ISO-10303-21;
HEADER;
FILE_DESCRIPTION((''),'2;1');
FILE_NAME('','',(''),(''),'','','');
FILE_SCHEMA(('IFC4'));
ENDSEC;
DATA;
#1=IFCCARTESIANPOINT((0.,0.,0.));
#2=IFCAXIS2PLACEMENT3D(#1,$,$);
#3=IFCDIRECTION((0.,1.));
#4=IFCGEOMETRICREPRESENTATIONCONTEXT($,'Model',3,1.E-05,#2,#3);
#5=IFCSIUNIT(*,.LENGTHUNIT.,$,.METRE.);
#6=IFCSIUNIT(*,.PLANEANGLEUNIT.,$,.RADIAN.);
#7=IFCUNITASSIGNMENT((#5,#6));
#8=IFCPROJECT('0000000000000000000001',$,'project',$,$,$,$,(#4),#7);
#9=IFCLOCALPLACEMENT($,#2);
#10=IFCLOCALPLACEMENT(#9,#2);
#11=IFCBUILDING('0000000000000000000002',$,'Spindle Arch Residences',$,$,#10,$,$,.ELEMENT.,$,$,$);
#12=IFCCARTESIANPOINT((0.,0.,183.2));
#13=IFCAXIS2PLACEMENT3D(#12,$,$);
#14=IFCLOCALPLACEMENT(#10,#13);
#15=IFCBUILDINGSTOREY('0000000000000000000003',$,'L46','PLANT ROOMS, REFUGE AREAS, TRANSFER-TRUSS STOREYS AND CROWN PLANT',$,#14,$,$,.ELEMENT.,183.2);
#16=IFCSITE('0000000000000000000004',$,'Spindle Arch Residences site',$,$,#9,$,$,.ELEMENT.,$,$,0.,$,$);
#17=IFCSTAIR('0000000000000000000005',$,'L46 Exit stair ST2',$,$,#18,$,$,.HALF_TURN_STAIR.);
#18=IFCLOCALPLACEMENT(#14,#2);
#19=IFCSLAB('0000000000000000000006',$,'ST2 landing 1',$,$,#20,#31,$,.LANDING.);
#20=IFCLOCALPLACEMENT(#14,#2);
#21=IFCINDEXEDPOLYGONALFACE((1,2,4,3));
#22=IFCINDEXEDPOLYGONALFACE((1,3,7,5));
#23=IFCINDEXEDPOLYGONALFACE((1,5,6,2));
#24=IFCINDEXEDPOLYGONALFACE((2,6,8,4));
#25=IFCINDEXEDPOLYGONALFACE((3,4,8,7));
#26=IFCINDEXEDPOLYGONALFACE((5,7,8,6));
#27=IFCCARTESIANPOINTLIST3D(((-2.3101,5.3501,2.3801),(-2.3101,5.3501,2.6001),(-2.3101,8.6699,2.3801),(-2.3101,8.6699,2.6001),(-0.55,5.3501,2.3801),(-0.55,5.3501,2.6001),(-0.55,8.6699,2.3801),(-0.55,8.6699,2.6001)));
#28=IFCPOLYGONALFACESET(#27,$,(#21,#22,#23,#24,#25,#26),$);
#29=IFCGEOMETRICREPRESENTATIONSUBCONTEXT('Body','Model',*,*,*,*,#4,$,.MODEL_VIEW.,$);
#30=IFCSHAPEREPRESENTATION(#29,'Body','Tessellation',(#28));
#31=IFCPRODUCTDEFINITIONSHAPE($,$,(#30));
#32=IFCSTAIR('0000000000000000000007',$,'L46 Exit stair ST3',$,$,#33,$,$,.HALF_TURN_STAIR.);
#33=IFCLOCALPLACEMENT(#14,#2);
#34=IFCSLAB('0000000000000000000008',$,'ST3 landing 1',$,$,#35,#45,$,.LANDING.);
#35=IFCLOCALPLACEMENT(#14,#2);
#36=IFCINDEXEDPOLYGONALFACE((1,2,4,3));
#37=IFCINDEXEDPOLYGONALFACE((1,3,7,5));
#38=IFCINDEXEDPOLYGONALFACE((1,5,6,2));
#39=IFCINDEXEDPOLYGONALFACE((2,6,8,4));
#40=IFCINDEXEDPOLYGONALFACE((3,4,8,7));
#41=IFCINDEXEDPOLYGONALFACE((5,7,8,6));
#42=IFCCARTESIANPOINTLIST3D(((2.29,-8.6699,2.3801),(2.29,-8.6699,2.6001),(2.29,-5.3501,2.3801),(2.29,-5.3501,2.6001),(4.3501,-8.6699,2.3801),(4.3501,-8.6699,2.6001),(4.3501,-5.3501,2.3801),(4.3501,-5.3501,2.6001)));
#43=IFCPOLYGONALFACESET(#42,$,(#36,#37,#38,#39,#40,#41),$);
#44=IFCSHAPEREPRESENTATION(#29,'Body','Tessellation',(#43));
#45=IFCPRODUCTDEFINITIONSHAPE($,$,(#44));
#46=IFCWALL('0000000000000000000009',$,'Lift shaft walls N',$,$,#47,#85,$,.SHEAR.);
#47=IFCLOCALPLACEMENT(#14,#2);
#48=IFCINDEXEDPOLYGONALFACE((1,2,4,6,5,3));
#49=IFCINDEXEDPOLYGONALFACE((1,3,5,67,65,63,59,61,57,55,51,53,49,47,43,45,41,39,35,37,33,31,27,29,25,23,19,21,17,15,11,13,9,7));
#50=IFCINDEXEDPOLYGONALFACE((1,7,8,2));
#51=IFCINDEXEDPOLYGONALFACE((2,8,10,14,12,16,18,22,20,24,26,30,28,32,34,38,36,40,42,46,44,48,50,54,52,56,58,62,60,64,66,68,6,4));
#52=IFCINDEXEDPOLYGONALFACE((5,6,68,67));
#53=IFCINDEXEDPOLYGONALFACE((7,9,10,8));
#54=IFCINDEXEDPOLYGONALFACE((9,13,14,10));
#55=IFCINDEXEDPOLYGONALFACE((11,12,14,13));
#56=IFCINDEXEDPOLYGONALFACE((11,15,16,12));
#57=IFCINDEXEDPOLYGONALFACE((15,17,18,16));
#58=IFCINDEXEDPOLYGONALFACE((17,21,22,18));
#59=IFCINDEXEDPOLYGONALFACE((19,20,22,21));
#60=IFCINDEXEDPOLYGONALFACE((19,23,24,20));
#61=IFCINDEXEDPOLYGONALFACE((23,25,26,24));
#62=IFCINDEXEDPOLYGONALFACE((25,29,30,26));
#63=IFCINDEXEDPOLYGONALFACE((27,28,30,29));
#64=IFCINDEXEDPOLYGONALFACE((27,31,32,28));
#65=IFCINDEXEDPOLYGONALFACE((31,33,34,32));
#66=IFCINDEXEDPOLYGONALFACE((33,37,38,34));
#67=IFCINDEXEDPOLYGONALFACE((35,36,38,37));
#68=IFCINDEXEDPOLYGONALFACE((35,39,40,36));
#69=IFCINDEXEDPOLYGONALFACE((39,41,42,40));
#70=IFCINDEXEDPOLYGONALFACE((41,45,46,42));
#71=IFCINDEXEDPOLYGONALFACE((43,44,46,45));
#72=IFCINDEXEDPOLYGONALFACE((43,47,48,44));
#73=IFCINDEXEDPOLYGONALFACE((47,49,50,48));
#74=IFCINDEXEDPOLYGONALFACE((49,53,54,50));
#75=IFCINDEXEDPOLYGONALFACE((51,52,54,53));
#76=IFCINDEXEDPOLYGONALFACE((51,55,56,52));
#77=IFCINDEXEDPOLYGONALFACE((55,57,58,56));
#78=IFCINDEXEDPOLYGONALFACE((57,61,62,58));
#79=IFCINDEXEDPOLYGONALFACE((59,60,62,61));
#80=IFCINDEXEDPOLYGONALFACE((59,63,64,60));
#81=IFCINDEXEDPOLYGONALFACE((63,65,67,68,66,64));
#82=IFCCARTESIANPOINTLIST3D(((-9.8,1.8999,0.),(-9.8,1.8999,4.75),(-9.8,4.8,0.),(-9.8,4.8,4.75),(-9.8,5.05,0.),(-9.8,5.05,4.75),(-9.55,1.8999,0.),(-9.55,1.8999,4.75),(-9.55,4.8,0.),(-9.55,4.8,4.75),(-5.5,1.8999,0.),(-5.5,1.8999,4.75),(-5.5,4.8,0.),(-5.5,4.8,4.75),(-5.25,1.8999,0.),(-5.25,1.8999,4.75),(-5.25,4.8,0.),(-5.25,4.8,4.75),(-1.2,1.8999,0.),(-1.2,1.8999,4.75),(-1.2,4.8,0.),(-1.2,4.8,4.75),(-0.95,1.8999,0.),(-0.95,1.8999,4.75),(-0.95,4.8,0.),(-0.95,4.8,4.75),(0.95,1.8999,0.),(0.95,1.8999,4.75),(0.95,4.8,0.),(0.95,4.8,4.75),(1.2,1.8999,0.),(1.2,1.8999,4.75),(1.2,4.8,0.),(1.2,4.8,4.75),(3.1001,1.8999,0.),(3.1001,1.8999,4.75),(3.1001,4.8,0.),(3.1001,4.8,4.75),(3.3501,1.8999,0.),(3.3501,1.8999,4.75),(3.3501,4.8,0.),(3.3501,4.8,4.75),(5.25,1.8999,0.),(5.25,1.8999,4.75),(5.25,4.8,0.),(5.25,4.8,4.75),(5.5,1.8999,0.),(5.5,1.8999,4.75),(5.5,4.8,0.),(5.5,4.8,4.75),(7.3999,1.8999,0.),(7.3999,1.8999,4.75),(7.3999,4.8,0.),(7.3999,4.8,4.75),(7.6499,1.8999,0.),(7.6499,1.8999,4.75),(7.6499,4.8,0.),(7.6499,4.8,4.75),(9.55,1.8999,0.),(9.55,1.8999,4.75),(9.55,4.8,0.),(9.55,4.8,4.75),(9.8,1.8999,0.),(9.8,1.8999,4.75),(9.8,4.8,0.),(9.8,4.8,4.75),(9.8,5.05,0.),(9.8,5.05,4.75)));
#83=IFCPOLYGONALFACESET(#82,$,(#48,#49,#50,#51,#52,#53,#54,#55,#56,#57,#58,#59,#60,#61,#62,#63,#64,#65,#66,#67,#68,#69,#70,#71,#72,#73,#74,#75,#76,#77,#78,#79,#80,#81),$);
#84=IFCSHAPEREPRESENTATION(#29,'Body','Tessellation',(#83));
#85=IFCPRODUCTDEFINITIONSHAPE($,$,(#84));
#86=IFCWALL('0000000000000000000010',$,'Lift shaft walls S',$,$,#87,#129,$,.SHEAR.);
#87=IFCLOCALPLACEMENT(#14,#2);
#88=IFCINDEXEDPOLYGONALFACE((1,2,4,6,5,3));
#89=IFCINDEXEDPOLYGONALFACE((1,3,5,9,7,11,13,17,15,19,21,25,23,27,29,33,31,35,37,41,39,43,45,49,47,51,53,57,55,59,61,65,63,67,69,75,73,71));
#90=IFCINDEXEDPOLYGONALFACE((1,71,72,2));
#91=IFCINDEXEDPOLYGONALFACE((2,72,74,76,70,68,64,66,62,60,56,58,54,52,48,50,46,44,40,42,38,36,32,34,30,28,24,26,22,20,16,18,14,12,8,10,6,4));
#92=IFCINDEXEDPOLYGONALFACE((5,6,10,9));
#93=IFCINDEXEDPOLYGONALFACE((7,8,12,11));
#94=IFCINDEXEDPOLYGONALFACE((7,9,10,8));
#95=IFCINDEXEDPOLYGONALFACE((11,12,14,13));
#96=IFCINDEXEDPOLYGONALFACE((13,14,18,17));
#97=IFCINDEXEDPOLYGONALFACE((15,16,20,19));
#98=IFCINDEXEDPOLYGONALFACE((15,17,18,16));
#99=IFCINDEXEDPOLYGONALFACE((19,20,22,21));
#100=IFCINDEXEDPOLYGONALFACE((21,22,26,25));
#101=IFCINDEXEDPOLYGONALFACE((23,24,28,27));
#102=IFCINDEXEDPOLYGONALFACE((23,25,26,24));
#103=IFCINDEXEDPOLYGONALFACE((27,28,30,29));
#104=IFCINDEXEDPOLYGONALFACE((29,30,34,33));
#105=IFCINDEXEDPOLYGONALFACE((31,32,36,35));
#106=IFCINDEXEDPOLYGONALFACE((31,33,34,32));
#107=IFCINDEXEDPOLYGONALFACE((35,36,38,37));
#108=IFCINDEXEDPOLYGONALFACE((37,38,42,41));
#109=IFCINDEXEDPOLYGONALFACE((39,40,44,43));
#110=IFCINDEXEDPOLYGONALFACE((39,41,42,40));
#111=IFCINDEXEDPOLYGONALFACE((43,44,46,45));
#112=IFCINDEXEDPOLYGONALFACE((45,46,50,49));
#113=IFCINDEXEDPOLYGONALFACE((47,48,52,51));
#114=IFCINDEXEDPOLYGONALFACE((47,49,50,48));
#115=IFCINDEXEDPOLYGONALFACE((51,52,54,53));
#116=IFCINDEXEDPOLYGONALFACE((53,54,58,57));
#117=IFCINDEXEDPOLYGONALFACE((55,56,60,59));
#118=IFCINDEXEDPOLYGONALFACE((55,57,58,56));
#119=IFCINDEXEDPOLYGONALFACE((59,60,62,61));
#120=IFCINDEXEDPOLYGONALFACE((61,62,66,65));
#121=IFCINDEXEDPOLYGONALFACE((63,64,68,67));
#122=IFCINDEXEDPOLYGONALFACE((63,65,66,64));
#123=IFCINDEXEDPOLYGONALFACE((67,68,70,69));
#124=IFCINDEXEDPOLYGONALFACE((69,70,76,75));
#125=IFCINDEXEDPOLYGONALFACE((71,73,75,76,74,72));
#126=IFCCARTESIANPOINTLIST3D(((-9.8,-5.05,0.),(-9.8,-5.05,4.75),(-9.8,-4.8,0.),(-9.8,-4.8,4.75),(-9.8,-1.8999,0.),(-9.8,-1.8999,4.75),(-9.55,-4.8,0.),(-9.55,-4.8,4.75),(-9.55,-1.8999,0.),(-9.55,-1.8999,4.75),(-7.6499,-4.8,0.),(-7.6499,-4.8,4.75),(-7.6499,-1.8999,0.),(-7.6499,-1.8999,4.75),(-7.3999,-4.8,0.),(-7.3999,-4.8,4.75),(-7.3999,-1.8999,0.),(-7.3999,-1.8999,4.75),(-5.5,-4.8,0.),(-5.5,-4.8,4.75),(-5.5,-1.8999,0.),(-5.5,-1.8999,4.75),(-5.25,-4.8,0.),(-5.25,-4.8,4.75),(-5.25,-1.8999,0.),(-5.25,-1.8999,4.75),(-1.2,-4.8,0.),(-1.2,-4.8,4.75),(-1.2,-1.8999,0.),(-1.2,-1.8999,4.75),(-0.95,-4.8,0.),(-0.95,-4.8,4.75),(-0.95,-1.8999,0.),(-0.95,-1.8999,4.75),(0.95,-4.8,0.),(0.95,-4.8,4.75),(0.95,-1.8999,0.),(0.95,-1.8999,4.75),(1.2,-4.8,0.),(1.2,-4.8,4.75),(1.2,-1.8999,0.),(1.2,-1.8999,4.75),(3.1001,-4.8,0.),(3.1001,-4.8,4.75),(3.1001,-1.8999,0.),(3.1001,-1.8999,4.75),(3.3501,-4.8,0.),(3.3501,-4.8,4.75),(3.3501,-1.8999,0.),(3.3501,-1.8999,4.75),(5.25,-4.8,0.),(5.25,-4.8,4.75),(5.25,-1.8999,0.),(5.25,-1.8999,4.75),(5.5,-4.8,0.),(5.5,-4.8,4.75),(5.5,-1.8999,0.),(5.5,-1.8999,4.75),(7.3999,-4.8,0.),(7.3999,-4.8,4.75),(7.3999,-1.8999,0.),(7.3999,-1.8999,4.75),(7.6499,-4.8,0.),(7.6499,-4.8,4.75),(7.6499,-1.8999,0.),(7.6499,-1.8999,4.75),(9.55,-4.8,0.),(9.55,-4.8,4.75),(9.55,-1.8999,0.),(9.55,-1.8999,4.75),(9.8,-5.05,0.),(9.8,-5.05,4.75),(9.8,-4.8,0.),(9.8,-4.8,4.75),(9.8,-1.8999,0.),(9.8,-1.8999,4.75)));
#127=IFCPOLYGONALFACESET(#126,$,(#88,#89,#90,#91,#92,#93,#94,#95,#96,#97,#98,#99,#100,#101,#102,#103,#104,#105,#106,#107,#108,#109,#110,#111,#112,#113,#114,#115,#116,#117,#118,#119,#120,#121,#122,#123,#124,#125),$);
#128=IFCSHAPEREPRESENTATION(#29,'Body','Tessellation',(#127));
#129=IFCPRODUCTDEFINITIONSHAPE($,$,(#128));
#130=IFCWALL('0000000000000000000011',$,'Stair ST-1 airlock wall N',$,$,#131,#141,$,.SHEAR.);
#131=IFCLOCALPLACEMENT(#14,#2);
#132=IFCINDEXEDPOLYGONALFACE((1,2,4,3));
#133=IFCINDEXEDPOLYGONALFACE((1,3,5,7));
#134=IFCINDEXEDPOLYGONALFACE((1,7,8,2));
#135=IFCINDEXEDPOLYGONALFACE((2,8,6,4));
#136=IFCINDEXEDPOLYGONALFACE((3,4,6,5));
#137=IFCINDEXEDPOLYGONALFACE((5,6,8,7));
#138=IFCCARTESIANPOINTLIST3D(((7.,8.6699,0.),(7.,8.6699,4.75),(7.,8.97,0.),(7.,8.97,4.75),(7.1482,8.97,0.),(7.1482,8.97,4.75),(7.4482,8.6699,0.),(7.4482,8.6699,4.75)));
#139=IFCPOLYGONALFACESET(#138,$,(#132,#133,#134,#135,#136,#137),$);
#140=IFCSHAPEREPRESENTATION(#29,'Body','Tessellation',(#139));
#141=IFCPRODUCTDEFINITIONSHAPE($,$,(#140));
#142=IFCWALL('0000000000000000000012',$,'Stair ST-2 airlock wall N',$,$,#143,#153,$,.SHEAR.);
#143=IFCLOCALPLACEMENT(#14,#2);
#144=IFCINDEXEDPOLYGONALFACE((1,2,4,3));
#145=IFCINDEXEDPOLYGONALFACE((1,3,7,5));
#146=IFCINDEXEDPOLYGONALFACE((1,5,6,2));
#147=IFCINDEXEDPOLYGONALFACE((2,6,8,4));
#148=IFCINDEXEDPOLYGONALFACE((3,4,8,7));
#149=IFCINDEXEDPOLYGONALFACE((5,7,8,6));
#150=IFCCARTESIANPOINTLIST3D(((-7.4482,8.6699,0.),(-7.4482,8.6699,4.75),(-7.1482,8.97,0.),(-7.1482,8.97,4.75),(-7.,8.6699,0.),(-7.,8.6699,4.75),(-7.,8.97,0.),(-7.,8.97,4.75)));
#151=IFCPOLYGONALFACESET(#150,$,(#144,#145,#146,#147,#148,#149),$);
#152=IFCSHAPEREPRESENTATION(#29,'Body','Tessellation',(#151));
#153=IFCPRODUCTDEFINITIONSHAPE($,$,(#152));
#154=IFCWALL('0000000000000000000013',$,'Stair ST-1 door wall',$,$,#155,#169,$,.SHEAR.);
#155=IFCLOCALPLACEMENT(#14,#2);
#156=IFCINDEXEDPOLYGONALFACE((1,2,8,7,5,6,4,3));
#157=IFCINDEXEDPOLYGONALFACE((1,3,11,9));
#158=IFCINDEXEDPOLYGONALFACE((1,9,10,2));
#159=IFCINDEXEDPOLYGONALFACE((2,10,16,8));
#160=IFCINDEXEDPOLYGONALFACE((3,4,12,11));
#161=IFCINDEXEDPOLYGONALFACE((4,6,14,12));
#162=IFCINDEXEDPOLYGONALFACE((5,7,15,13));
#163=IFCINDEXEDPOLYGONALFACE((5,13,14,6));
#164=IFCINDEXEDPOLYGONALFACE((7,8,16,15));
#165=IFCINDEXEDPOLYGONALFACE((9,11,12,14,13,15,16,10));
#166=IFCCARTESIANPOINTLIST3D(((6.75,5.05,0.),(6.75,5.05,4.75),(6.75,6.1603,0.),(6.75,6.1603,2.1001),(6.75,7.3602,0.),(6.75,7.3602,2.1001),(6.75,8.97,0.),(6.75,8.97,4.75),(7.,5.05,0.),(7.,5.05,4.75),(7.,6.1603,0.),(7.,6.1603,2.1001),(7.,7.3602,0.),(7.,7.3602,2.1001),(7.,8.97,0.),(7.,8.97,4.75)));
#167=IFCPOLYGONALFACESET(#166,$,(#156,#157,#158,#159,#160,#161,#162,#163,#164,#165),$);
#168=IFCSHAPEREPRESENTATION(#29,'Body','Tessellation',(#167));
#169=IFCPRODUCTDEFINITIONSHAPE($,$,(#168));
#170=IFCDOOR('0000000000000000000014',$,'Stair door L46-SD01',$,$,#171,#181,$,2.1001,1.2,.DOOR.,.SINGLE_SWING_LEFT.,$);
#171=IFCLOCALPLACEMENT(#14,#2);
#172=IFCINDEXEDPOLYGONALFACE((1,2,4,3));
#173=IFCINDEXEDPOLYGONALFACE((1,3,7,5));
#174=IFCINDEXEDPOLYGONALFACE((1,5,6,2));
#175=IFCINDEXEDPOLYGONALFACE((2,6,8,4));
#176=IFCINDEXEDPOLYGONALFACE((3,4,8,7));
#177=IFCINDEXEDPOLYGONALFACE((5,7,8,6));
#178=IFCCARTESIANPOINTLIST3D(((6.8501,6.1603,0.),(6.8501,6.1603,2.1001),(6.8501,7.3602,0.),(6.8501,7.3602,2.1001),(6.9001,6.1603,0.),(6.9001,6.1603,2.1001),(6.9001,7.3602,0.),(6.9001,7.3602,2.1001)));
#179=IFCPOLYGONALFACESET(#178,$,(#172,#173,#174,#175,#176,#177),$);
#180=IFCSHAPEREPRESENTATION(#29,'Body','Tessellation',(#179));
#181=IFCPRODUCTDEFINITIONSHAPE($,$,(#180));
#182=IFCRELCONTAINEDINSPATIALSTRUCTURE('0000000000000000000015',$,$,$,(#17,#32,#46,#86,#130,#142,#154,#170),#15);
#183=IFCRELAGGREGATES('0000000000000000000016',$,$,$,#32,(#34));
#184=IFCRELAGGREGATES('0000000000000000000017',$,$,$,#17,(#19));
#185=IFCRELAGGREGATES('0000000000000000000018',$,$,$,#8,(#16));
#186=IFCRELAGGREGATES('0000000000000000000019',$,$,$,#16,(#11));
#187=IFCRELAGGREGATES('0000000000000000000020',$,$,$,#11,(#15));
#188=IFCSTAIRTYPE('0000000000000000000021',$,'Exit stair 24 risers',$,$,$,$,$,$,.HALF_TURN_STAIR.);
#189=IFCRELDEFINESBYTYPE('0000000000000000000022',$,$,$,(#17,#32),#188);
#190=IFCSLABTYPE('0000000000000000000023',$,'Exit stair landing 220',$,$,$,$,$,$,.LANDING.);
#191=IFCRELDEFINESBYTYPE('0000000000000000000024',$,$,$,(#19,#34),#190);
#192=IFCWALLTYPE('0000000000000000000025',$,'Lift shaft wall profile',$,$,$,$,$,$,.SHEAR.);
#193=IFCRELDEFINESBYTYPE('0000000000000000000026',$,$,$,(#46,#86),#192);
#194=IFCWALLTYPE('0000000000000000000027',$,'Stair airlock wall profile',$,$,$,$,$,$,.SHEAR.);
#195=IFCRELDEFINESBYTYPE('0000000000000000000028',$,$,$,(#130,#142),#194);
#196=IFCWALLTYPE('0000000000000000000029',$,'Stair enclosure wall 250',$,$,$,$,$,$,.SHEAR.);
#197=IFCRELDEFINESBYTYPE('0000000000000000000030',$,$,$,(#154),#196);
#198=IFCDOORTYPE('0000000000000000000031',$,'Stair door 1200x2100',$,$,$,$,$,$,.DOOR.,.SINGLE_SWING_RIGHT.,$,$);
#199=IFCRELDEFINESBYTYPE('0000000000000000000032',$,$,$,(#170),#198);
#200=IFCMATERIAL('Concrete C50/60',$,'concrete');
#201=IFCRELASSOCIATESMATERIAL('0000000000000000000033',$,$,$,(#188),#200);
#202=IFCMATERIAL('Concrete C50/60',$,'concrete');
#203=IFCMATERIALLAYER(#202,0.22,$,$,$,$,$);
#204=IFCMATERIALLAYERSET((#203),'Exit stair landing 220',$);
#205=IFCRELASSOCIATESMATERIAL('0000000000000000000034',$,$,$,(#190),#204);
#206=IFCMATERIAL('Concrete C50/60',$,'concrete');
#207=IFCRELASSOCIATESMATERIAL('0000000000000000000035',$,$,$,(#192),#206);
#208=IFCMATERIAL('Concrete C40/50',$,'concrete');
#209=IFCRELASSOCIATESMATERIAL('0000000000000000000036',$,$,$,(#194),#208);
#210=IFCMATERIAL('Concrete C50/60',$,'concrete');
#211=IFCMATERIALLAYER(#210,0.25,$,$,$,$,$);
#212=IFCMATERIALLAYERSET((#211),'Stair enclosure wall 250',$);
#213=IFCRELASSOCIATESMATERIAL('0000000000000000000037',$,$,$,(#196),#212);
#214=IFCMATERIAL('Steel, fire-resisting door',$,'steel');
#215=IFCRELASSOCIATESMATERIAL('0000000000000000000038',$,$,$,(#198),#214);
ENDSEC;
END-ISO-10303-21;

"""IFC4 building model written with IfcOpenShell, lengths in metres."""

from ifc_helpers import new_model, si_unit, direction, frame, frame_2d, origin, place, context, subcontext, project, spatial, polyline, rectangle, outline, extrude, material, layer, layer_set, type_object, element, fill, aggregate, save


model = new_model("IFC4")

# Units and contexts
model_context = context("Model", 3, precision=1e-05, world=origin(), true_north=direction((0.0, 1.0)))
body_context = subcontext(model_context, "Body", "Model", "MODEL_VIEW")
ifc_project = project(units=[si_unit("LENGTHUNIT", "METRE"), si_unit("PLANEANGLEUNIT", "RADIAN")], contexts=[model_context])

# Site, building, storey
site_placement = place(None, origin())
site = spatial("IfcSite", under=ifc_project, at=site_placement, Name="Spindle Arch Residences site", CompositionType="ELEMENT", RefElevation=0.0)
building_placement = place(site_placement, origin())
building = spatial("IfcBuilding", under=site, at=building_placement, Name="Spindle Arch Residences", CompositionType="ELEMENT")
storey_placement = place(building_placement, frame((0.0, 0.0, 183.2)))
storey = spatial("IfcBuildingStorey", under=building, at=storey_placement, Name="L46", Description="PLANT ROOMS, REFUGE AREAS, TRANSFER-TRUSS STOREYS AND CROWN PLANT", CompositionType="ELEMENT", Elevation=183.2)

# Stairs, slabs
ifc_material_1 = material(Name="Concrete C50/60", Category="concrete")
stair_type = type_object("IfcStairType", Name="Exit stair 24 risers", PredefinedType="HALF_TURN_STAIR", material=ifc_material_1)
ifc_material_2 = material(Name="Concrete C50/60", Category="concrete")
ifc_layer_1 = layer(ifc_material_2, 0.22)
ifc_layer_set_1 = layer_set([ifc_layer_1], Name="Exit stair landing 220")
slab_type_1 = type_object("IfcSlabType", Name="Exit stair landing 220", PredefinedType="LANDING", material=ifc_layer_set_1)
stair_1_placement = place(storey_placement, origin())
stair_1 = element("IfcStair", 1, at=stair_1_placement, inside=storey, type_object=stair_type, Name="L46 Exit stair ST2", PredefinedType="HALF_TURN_STAIR")
slab_1_placement = place(storey_placement, frame((0.0, 0.0, 2.3801)))
slab_1 = element("IfcSlab", 2, at=slab_1_placement, type_object=slab_type_1, Name="ST2 landing 1", PredefinedType="LANDING", context=body_context, shape_type="SweptSolid", body=[
    extrude(outline(polyline([(-2.3101, 5.3501), (-0.55, 5.3501), (-0.55, 8.6699), (-2.3101, 8.6699), (-2.3101, 5.3501)])), origin(), (0.0, 0.0, 1.0), 0.22),
])
stair_2_placement = place(storey_placement, origin())
stair_2 = element("IfcStair", 3, at=stair_2_placement, inside=storey, type_object=stair_type, Name="L46 Exit stair ST3", PredefinedType="HALF_TURN_STAIR")
slab_2_placement = place(storey_placement, frame((0.0, 0.0, 2.3801)))
slab_2 = element("IfcSlab", 4, at=slab_2_placement, type_object=slab_type_1, Name="ST3 landing 1", PredefinedType="LANDING", context=body_context, shape_type="SweptSolid", body=[
    extrude(outline(polyline([(2.29, -8.6699), (4.3501, -8.6699), (4.3501, -5.3501), (2.29, -5.3501), (2.29, -8.6699)])), origin(), (0.0, 0.0, 1.0), 0.22),
])
aggregate(stair_2, [slab_2])

# Walls
ifc_material_3 = material(Name="Concrete C50/60", Category="concrete")
wall_type_1 = type_object("IfcWallType", Name="Lift shaft wall profile", PredefinedType="SHEAR", material=ifc_material_3)
wall_1_placement = place(storey_placement, origin())
element("IfcWall", 5, at=wall_1_placement, inside=storey, type_object=wall_type_1, Name="Lift shaft walls N", PredefinedType="SHEAR", context=body_context, shape_type="SweptSolid", body=[
    extrude(outline(polyline([(-9.55, 4.8), (-5.5, 4.8), (-5.5, 1.8999), (-5.25, 1.8999), (-5.25, 4.8), (-1.2, 4.8), (-1.2, 1.8999), (-0.95, 1.8999), (-0.95, 4.8), (0.95, 4.8), (0.95, 1.8999), (1.2, 1.8999), (1.2, 4.8), (3.1001, 4.8), (3.1001, 1.8999), (3.3501, 1.8999), (3.3501, 4.8), (5.25, 4.8), (5.25, 1.8999), (5.5, 1.8999), (5.5, 4.8), (7.3999, 4.8), (7.3999, 1.8999), (7.6499, 1.8999), (7.6499, 4.8), (9.55, 4.8), (9.55, 1.8999), (9.8, 1.8999), (9.8, 4.8), (9.8, 5.05), (-9.8, 5.05), (-9.8, 4.8), (-9.8, 1.8999), (-9.55, 1.8999), (-9.55, 4.8)])), origin(), (0.0, 0.0, 1.0), 4.75),
])
wall_2_placement = place(storey_placement, origin())
element("IfcWall", 6, at=wall_2_placement, inside=storey, type_object=wall_type_1, Name="Lift shaft walls S", PredefinedType="SHEAR", context=body_context, shape_type="SweptSolid", body=[
    extrude(outline(polyline([(9.8, -5.05), (9.8, -4.8), (9.8, -1.8999), (9.55, -1.8999), (9.55, -4.8), (7.6499, -4.8), (7.6499, -1.8999), (7.3999, -1.8999), (7.3999, -4.8), (5.5, -4.8), (5.5, -1.8999), (5.25, -1.8999), (5.25, -4.8), (3.3501, -4.8), (3.3501, -1.8999), (3.1001, -1.8999), (3.1001, -4.8), (1.2, -4.8), (1.2, -1.8999), (0.95, -1.8999), (0.95, -4.8), (-0.95, -4.8), (-0.95, -1.8999), (-1.2, -1.8999), (-1.2, -4.8), (-5.25, -4.8), (-5.25, -1.8999), (-5.5, -1.8999), (-5.5, -4.8), (-7.3999, -4.8), (-7.3999, -1.8999), (-7.6499, -1.8999), (-7.6499, -4.8), (-9.55, -4.8), (-9.55, -1.8999), (-9.8, -1.8999), (-9.8, -4.8), (-9.8, -5.05), (9.8, -5.05)])), origin(), (0.0, 0.0, 1.0), 4.75),
])
ifc_material_4 = material(Name="Concrete C40/50", Category="concrete")
wall_type_2 = type_object("IfcWallType", Name="Stair airlock wall profile", PredefinedType="SHEAR", material=ifc_material_4)
wall_3_placement = place(storey_placement, origin())
element("IfcWall", 7, at=wall_3_placement, inside=storey, type_object=wall_type_2, Name="Stair ST-1 airlock wall N", PredefinedType="SHEAR", context=body_context, shape_type="SweptSolid", body=[
    extrude(outline(polyline([(7.4482, 8.6699), (7.0, 8.6699), (7.0, 8.97), (7.1482, 8.97), (7.4482, 8.6699)])), origin(), (0.0, 0.0, 1.0), 4.75),
])
wall_4_placement = place(storey_placement, origin())
element("IfcWall", 8, at=wall_4_placement, inside=storey, type_object=wall_type_2, Name="Stair ST-2 airlock wall N", PredefinedType="SHEAR", context=body_context, shape_type="SweptSolid", body=[
    extrude(outline(polyline([(-7.1482, 8.97), (-7.0, 8.97), (-7.0, 8.6699), (-7.4482, 8.6699), (-7.1482, 8.97)])), origin(), (0.0, 0.0, 1.0), 4.75),
])

# Wall, opening, door
ifc_material_5 = material(Name="Concrete C50/60", Category="concrete")
ifc_layer_2 = layer(ifc_material_5, 0.25)
ifc_layer_set_2 = layer_set([ifc_layer_2], Name="Stair enclosure wall 250")
wall_type_3 = type_object("IfcWallType", Name="Stair enclosure wall 250", PredefinedType="SHEAR", material=ifc_layer_set_2)
wall_5_placement = place(storey_placement, frame((6.875, 5.05, 0.0), z_axis=(0.0, 0.0, 1.0), x_axis=(0.0, 1.0, 0.0)))
wall_5 = element("IfcWall", 9, at=wall_5_placement, inside=storey, type_object=wall_type_3, Name="Stair ST-1 door wall", PredefinedType="SHEAR", context=body_context, shape_type="SweptSolid", body=[
    extrude(rectangle(XDim=3.9199, YDim=0.25, at=frame_2d((1.96, 0.0))), origin(), (0.0, 0.0, 1.0), 4.75),
])
opening_1_placement = place(wall_5_placement, frame((1.1101, 0.0, 0.0)))
opening_1 = element("IfcOpeningElement", 10, at=opening_1_placement, cuts=wall_5, PredefinedType="OPENING", context=body_context, shape_type="SweptSolid", body=[
    extrude(rectangle(XDim=1.2, YDim=2.1001, at=frame_2d((0.6001, 1.05))), frame((0.0, 0.135, 0.0), z_axis=(0.0, -1.0, 0.0), x_axis=(1.0, 0.0, 0.0)), (0.0, 0.0, 1.0), 0.27),
])
ifc_material_6 = material(Name="Steel, fire-resisting door", Category="steel")
door_type_1 = type_object("IfcDoorType", Name="Stair door 1200x2100", OperationType="SINGLE_SWING_RIGHT", PredefinedType="DOOR", material=ifc_material_6)
door_1_placement = place(opening_1_placement, origin())
door_1 = element("IfcDoor", 11, at=door_1_placement, inside=storey, type_object=door_type_1, Name="Stair door L46-SD01", OperationType="SINGLE_SWING_LEFT", OverallHeight=2.1001, OverallWidth=1.2, PredefinedType="DOOR", context=body_context, shape_type="SweptSolid", body=[
    extrude(rectangle(XDim=1.2, YDim=2.1001, at=frame_2d((0.6001, 1.05))), frame((0.0, 0.0249, 0.0), z_axis=(0.0, -1.0, 0.0), x_axis=(1.0, 0.0, 0.0)), (0.0, 0.0, 1.0), 0.05),
])
fill(opening_1, door_1)

aggregate(stair_1, [slab_1])

save(model, "model.ifc")
